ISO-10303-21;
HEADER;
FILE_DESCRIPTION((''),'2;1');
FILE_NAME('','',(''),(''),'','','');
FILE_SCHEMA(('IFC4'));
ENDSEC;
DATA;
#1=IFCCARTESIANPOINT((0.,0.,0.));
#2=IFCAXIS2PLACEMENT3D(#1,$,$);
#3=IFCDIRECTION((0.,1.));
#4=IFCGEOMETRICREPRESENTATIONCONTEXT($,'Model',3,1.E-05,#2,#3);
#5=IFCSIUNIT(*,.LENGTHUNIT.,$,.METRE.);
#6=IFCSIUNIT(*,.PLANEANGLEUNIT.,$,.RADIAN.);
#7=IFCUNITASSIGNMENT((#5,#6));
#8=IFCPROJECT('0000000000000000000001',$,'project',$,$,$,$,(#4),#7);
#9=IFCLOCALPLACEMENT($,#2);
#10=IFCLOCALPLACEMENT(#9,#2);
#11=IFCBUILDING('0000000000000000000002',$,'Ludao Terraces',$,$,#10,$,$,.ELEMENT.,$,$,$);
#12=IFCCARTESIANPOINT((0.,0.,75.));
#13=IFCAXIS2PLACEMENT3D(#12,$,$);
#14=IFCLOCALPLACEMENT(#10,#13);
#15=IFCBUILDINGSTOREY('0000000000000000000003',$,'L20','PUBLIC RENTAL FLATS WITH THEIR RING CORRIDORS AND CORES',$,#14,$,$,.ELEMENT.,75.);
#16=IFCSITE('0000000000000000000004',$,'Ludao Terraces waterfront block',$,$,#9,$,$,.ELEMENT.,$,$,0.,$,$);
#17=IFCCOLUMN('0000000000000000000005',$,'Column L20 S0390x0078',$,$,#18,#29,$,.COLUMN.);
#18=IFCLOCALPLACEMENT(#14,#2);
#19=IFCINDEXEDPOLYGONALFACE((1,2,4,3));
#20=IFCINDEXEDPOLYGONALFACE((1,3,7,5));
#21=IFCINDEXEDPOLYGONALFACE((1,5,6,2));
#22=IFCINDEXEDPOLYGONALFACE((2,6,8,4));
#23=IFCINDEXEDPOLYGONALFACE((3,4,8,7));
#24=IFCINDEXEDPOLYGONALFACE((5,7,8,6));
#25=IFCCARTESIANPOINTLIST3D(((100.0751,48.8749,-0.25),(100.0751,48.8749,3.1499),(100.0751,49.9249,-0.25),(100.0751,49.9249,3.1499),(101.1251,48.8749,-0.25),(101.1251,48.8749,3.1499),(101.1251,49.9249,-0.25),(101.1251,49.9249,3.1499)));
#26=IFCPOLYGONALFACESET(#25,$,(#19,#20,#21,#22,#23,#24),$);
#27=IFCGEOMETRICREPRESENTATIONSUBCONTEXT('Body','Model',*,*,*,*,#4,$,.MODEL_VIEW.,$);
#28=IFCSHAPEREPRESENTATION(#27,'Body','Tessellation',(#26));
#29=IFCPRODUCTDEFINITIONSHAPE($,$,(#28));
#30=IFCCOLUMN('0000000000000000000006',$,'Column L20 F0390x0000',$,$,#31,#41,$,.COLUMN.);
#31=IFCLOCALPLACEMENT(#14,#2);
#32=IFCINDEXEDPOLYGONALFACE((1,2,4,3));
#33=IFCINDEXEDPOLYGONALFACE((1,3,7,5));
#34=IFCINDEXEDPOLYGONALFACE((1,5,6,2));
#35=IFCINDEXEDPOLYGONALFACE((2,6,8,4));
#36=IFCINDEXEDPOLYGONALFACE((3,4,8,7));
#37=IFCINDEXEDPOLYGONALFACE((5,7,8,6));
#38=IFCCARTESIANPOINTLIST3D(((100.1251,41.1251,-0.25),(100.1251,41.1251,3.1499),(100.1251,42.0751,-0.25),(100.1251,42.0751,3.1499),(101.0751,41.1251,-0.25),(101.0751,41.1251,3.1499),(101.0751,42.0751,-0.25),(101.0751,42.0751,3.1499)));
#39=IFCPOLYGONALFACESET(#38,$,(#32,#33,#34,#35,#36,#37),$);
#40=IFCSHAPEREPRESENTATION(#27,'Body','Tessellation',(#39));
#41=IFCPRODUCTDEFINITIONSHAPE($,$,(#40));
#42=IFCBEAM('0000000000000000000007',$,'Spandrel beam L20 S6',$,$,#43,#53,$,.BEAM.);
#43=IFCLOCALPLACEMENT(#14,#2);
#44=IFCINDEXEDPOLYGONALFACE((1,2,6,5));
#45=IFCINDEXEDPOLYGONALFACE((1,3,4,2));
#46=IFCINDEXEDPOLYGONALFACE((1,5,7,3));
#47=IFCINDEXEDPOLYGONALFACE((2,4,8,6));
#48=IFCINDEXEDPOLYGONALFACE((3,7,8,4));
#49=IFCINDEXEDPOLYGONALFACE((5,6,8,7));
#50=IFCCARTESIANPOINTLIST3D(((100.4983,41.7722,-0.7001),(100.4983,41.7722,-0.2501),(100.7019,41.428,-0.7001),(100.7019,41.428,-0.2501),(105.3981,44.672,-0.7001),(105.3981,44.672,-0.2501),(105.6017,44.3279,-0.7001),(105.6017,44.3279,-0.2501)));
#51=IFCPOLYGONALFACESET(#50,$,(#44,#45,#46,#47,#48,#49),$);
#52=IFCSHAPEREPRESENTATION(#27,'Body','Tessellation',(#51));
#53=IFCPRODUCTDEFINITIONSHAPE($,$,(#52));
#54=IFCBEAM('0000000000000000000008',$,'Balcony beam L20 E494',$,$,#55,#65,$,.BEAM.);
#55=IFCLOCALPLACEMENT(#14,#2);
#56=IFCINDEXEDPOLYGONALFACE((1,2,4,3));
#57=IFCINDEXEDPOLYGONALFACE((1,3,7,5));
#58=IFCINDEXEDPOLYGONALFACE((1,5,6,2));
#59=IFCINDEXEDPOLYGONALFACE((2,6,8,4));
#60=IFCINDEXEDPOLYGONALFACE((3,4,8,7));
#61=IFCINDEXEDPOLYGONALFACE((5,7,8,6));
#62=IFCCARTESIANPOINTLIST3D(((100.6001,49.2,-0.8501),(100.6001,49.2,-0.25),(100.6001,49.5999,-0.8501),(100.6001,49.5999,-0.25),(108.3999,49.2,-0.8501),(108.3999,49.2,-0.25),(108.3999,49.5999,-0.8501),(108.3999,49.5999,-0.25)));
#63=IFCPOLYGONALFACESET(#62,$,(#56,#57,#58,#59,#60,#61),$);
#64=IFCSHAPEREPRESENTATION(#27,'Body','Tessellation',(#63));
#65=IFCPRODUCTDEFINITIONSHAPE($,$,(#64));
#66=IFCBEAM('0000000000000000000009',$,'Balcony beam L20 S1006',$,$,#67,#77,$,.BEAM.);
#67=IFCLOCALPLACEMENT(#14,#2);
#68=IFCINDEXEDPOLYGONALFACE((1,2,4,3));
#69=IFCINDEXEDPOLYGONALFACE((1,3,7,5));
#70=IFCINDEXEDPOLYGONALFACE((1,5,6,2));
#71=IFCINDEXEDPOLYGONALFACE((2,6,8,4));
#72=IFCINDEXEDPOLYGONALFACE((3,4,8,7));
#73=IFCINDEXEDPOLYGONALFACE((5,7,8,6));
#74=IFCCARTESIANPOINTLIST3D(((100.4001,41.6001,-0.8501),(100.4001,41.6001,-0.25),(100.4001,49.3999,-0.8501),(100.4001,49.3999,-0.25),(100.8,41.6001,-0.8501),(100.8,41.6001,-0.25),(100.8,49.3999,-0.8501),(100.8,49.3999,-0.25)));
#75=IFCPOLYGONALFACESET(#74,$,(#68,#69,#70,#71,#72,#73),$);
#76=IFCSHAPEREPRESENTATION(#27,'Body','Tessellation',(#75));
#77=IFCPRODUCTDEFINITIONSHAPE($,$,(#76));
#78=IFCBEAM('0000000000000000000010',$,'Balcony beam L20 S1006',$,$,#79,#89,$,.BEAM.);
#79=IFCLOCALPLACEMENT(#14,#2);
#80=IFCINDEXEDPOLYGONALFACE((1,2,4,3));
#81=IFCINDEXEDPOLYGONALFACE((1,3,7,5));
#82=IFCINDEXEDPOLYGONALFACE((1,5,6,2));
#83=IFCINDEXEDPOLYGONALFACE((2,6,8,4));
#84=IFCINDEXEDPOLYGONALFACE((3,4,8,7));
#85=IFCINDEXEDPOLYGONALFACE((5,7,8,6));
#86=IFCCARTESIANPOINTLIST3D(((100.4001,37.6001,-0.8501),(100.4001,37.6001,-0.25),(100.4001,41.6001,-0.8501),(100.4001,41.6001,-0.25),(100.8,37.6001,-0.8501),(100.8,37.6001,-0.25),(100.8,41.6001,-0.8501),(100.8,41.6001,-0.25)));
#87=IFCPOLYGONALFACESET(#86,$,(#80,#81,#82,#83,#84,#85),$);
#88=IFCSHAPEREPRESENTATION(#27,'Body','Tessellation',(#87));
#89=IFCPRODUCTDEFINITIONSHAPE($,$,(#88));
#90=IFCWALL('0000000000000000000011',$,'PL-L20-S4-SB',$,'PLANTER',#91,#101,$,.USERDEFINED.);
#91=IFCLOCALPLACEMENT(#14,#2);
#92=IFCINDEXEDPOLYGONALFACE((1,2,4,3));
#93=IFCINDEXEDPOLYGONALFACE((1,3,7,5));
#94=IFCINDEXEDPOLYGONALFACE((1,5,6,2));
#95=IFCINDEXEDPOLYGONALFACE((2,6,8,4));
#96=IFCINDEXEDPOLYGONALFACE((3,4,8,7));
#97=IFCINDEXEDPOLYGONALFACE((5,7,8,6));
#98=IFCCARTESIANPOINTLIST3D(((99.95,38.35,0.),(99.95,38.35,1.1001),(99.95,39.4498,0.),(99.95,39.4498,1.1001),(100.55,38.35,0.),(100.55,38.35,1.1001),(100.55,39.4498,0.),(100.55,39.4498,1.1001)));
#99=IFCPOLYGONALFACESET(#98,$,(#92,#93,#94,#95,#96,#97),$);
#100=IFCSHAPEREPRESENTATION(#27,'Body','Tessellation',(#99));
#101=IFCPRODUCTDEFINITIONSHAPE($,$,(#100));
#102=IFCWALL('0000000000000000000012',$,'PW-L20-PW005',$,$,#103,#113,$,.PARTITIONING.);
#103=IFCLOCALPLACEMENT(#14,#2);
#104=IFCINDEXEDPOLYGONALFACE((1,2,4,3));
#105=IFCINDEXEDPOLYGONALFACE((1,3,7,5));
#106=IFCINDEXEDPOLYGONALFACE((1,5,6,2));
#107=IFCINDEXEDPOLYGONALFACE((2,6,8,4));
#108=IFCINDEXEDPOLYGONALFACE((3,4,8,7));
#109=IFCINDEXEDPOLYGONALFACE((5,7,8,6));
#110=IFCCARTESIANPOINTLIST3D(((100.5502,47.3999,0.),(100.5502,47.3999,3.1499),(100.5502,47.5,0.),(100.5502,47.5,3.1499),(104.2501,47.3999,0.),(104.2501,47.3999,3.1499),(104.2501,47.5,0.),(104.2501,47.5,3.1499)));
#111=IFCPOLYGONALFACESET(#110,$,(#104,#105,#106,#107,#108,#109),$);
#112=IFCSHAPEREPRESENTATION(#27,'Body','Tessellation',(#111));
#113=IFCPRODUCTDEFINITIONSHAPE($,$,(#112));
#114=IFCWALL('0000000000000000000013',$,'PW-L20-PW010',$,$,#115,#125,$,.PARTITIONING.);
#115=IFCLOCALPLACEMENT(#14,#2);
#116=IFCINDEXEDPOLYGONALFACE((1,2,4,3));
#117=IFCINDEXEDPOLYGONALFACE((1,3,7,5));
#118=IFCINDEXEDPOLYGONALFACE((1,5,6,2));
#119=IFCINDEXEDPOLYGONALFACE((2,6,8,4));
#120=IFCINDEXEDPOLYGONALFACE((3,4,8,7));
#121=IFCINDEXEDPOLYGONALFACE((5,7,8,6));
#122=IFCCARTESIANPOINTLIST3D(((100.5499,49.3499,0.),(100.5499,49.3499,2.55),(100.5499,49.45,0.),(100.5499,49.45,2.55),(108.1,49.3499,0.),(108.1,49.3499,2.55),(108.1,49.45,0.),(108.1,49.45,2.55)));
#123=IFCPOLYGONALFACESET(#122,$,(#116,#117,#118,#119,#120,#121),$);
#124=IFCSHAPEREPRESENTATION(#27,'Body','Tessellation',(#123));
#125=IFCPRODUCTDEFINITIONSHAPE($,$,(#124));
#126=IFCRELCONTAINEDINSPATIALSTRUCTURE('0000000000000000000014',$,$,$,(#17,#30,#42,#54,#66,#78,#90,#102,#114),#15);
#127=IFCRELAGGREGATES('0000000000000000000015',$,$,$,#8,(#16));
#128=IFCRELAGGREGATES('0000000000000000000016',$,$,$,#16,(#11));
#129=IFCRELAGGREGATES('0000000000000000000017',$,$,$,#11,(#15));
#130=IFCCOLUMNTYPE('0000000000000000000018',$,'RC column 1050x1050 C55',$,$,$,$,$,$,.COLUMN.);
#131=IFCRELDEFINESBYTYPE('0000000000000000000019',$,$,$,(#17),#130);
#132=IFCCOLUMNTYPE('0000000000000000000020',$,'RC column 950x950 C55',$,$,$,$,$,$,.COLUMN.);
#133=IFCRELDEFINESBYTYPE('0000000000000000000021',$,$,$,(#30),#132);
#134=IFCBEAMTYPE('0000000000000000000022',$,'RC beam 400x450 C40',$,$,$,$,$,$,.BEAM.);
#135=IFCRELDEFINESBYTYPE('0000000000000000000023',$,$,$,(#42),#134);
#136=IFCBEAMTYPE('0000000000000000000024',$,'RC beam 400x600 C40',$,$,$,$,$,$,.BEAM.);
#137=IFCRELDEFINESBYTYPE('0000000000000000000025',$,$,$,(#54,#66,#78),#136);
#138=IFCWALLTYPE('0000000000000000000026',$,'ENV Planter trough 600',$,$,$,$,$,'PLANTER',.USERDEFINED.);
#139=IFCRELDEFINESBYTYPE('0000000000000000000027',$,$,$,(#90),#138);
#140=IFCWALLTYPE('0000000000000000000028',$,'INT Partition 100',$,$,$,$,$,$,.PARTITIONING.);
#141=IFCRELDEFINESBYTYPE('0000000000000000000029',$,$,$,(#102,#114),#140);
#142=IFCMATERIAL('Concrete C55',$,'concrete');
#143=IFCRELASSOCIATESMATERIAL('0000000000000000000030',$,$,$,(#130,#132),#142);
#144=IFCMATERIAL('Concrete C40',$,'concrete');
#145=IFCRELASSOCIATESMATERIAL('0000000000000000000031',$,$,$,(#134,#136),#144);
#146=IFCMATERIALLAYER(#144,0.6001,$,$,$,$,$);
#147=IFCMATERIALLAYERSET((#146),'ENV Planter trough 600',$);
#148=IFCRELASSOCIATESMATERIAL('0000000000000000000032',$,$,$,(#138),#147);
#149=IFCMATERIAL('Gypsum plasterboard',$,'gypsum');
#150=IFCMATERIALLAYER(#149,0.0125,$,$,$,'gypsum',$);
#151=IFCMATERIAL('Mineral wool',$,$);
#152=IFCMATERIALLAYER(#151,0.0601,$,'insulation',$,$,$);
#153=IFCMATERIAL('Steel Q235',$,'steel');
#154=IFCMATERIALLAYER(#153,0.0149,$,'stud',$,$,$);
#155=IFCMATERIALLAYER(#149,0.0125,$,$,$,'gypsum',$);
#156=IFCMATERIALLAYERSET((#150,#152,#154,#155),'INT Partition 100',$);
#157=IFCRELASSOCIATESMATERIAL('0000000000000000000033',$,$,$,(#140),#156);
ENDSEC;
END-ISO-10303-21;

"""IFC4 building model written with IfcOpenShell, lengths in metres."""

from ifc_helpers import new_model, si_unit, direction, frame, frame_2d, origin, origin_2d, place, context, subcontext, project, spatial, rectangle, extrude, material, layer, layer_set, material_profile, profile_set, type_object, element, save


model = new_model("IFC4")

# Units and contexts
model_context = context("Model", 3, precision=1e-05, world=origin(), true_north=direction((0.0, 1.0)))
body_context = subcontext(model_context, "Body", "Model", "MODEL_VIEW")
ifc_project = project(units=[si_unit("LENGTHUNIT", "METRE"), si_unit("PLANEANGLEUNIT", "RADIAN")], contexts=[model_context])

# Site, building, storey
site_placement = place(None, origin())
site = spatial("IfcSite", under=ifc_project, at=site_placement, Name="Ludao Terraces waterfront block", CompositionType="ELEMENT", RefElevation=0.0)
building_placement = place(site_placement, origin())
building = spatial("IfcBuilding", under=site, at=building_placement, Name="Ludao Terraces", CompositionType="ELEMENT")
storey_placement = place(building_placement, frame((0.0, 0.0, 75.0)))
storey = spatial("IfcBuildingStorey", under=building, at=storey_placement, Name="L20", Description="PUBLIC RENTAL FLATS WITH THEIR RING CORRIDORS AND CORES", CompositionType="ELEMENT", Elevation=75.0)

# Columns
ifc_material_1 = material(Name="Concrete C55", Category="concrete")
ifc_material_profile_1 = material_profile(ifc_material_1, rectangle(XDim=1.05, YDim=1.05, at=origin_2d()), Name="1050 X 1050")
ifc_profile_set_1 = profile_set([ifc_material_profile_1], Name="Concrete C55")
column_type_1 = type_object("IfcColumnType", Name="RC column 1050x1050 C55", PredefinedType="COLUMN", material=ifc_profile_set_1)
column_1_placement = place(storey_placement, frame((100.6001, 49.3999, -0.25), z_axis=(0.0, 0.0, 1.0), x_axis=(1.0, 0.0, 0.0)))
element("IfcColumn", 1, at=column_1_placement, inside=storey, type_object=column_type_1, Name="Column L20 S0390x0078", PredefinedType="COLUMN", context=body_context, shape_type="SweptSolid", body=[
    extrude(rectangle(XDim=1.05, YDim=1.05, at=origin_2d()), origin(), (0.0, 0.0, 1.0), 3.3999),
])
ifc_material_profile_2 = material_profile(ifc_material_1, rectangle(XDim=0.95, YDim=0.95, at=origin_2d()), Name="950 X 950")
ifc_profile_set_2 = profile_set([ifc_material_profile_2], Name="Concrete C55")
column_type_2 = type_object("IfcColumnType", Name="RC column 950x950 C55", PredefinedType="COLUMN", material=ifc_profile_set_2)
column_2_placement = place(storey_placement, frame((100.6001, 41.6001, -0.25), z_axis=(0.0, 0.0, 1.0), x_axis=(1.0, 0.0, 0.0)))
element("IfcColumn", 2, at=column_2_placement, inside=storey, type_object=column_type_2, Name="Column L20 F0390x0000", PredefinedType="COLUMN", context=body_context, shape_type="SweptSolid", body=[
    extrude(rectangle(XDim=0.95, YDim=0.95, at=origin_2d()), origin(), (0.0, 0.0, 1.0), 3.3999),
])

# Beams
ifc_material_2 = material(Name="Concrete C40", Category="concrete")
ifc_material_profile_3 = material_profile(ifc_material_2, rectangle(XDim=0.3999, YDim=0.45, at=origin_2d()), Name="400 X 450")
ifc_profile_set_3 = profile_set([ifc_material_profile_3], Name="Concrete C40")
beam_type_1 = type_object("IfcBeamType", Name="RC beam 400x450 C40", PredefinedType="BEAM", material=ifc_profile_set_3)
beam_1_placement = place(storey_placement, frame((100.6001, 41.6001, -0.4751), z_axis=(0.86058, 0.509316, 0.0), x_axis=(-0.509316, 0.86058, 0.0)))
element("IfcBeam", 3, at=beam_1_placement, inside=storey, type_object=beam_type_1, Name="Spandrel beam L20 S6", PredefinedType="BEAM", context=body_context, shape_type="SweptSolid", body=[
    extrude(rectangle(XDim=0.3999, YDim=0.45, at=origin_2d()), origin(), (0.0, 0.0, 1.0), 5.6936),
])
ifc_material_profile_4 = material_profile(ifc_material_2, rectangle(XDim=0.3999, YDim=0.6001, at=origin_2d()), Name="400 X 600")
ifc_profile_set_4 = profile_set([ifc_material_profile_4], Name="Concrete C40")
beam_type_2 = type_object("IfcBeamType", Name="RC beam 400x600 C40", PredefinedType="BEAM", material=ifc_profile_set_4)
for number, where, z_axis, x_axis, name in (
    (4, (100.6001, 49.3999, -0.55), (1.0, 0.0, 0.0), (0.0, 1.0, 0.0), "Balcony beam L20 E494"),
    (5, (100.6001, 49.3999, -0.55), (0.0, -1.0, 0.0), (1.0, 0.0, 0.0), "Balcony beam L20 S1006"),
):
    element("IfcBeam", number, at=place(storey_placement, frame(where, z_axis=z_axis, x_axis=x_axis)), inside=storey, type_object=beam_type_2, Name=name, PredefinedType="BEAM", context=body_context, shape_type="SweptSolid", body=[
        extrude(rectangle(XDim=0.3999, YDim=0.6001, at=origin_2d()), origin(), (0.0, 0.0, 1.0), 7.7998),
    ])
beam_2_placement = place(storey_placement, frame((100.6001, 41.6001, -0.55), z_axis=(0.0, -1.0, 0.0), x_axis=(1.0, 0.0, 0.0)))
element("IfcBeam", 6, at=beam_2_placement, inside=storey, type_object=beam_type_2, Name="Balcony beam L20 S1006", PredefinedType="BEAM", context=body_context, shape_type="SweptSolid", body=[
    extrude(rectangle(XDim=0.3999, YDim=0.6001, at=origin_2d()), origin(), (0.0, 0.0, 1.0), 4.0),
])

# Walls
ifc_layer_1 = layer(ifc_material_2, 0.6001)
ifc_layer_set_1 = layer_set([ifc_layer_1], Name="ENV Planter trough 600")
wall_type_1 = type_object("IfcWallType", Name="ENV Planter trough 600", ElementType="PLANTER", PredefinedType="USERDEFINED", material=ifc_layer_set_1)
wall_1_placement = place(storey_placement, frame((100.25, 38.3501, 0.0), z_axis=(0.0, 0.0, 1.0), x_axis=(0.0, 1.0, 0.0)))
element("IfcWall", 7, at=wall_1_placement, inside=storey, type_object=wall_type_1, Name="PL-L20-S4-SB", ObjectType="PLANTER", PredefinedType="USERDEFINED", context=body_context, shape_type="SweptSolid", body=[
    extrude(rectangle(XDim=1.0999, YDim=0.6001, at=frame_2d((0.5498, 0.0))), origin(), (0.0, 0.0, 1.0), 1.1001),
])
ifc_material_3 = material(Name="Gypsum plasterboard", Category="gypsum")
ifc_layer_2 = layer(ifc_material_3, 0.0125, Category="gypsum")
ifc_material_4 = material(Name="Mineral wool")
ifc_layer_3 = layer(ifc_material_4, 0.0601, Name="insulation")
ifc_material_5 = material(Name="Steel Q235", Category="steel")
ifc_layer_4 = layer(ifc_material_5, 0.0149, Name="stud")
ifc_layer_5 = layer(ifc_material_3, 0.0125, Category="gypsum")
ifc_layer_set_2 = layer_set([ifc_layer_2, ifc_layer_3, ifc_layer_4, ifc_layer_5], Name="INT Partition 100")
wall_type_2 = type_object("IfcWallType", Name="INT Partition 100", PredefinedType="PARTITIONING", material=ifc_layer_set_2)
wall_2_placement = place(storey_placement, frame((100.55, 47.45, 0.0), z_axis=(0.0, 0.0, 1.0), x_axis=(1.0, 0.0, 0.0)))
element("IfcWall", 8, at=wall_2_placement, inside=storey, type_object=wall_type_2, Name="PW-L20-PW005", PredefinedType="PARTITIONING", context=body_context, shape_type="SweptSolid", body=[
    extrude(rectangle(XDim=3.7, YDim=0.1001, at=frame_2d((1.8501, 0.0))), origin(), (0.0, 0.0, 1.0), 3.1499),
])
wall_3_placement = place(storey_placement, frame((100.55, 49.3999, 0.0), z_axis=(0.0, 0.0, 1.0), x_axis=(1.0, 0.0, 0.0)))
element("IfcWall", 9, at=wall_3_placement, inside=storey, type_object=wall_type_2, Name="PW-L20-PW010", PredefinedType="PARTITIONING", context=body_context, shape_type="SweptSolid", body=[
    extrude(rectangle(XDim=7.55, YDim=0.1001, at=frame_2d((3.7749, 0.0))), origin(), (0.0, 0.0, 1.0), 2.55),
])

save(model, "model.ifc")
